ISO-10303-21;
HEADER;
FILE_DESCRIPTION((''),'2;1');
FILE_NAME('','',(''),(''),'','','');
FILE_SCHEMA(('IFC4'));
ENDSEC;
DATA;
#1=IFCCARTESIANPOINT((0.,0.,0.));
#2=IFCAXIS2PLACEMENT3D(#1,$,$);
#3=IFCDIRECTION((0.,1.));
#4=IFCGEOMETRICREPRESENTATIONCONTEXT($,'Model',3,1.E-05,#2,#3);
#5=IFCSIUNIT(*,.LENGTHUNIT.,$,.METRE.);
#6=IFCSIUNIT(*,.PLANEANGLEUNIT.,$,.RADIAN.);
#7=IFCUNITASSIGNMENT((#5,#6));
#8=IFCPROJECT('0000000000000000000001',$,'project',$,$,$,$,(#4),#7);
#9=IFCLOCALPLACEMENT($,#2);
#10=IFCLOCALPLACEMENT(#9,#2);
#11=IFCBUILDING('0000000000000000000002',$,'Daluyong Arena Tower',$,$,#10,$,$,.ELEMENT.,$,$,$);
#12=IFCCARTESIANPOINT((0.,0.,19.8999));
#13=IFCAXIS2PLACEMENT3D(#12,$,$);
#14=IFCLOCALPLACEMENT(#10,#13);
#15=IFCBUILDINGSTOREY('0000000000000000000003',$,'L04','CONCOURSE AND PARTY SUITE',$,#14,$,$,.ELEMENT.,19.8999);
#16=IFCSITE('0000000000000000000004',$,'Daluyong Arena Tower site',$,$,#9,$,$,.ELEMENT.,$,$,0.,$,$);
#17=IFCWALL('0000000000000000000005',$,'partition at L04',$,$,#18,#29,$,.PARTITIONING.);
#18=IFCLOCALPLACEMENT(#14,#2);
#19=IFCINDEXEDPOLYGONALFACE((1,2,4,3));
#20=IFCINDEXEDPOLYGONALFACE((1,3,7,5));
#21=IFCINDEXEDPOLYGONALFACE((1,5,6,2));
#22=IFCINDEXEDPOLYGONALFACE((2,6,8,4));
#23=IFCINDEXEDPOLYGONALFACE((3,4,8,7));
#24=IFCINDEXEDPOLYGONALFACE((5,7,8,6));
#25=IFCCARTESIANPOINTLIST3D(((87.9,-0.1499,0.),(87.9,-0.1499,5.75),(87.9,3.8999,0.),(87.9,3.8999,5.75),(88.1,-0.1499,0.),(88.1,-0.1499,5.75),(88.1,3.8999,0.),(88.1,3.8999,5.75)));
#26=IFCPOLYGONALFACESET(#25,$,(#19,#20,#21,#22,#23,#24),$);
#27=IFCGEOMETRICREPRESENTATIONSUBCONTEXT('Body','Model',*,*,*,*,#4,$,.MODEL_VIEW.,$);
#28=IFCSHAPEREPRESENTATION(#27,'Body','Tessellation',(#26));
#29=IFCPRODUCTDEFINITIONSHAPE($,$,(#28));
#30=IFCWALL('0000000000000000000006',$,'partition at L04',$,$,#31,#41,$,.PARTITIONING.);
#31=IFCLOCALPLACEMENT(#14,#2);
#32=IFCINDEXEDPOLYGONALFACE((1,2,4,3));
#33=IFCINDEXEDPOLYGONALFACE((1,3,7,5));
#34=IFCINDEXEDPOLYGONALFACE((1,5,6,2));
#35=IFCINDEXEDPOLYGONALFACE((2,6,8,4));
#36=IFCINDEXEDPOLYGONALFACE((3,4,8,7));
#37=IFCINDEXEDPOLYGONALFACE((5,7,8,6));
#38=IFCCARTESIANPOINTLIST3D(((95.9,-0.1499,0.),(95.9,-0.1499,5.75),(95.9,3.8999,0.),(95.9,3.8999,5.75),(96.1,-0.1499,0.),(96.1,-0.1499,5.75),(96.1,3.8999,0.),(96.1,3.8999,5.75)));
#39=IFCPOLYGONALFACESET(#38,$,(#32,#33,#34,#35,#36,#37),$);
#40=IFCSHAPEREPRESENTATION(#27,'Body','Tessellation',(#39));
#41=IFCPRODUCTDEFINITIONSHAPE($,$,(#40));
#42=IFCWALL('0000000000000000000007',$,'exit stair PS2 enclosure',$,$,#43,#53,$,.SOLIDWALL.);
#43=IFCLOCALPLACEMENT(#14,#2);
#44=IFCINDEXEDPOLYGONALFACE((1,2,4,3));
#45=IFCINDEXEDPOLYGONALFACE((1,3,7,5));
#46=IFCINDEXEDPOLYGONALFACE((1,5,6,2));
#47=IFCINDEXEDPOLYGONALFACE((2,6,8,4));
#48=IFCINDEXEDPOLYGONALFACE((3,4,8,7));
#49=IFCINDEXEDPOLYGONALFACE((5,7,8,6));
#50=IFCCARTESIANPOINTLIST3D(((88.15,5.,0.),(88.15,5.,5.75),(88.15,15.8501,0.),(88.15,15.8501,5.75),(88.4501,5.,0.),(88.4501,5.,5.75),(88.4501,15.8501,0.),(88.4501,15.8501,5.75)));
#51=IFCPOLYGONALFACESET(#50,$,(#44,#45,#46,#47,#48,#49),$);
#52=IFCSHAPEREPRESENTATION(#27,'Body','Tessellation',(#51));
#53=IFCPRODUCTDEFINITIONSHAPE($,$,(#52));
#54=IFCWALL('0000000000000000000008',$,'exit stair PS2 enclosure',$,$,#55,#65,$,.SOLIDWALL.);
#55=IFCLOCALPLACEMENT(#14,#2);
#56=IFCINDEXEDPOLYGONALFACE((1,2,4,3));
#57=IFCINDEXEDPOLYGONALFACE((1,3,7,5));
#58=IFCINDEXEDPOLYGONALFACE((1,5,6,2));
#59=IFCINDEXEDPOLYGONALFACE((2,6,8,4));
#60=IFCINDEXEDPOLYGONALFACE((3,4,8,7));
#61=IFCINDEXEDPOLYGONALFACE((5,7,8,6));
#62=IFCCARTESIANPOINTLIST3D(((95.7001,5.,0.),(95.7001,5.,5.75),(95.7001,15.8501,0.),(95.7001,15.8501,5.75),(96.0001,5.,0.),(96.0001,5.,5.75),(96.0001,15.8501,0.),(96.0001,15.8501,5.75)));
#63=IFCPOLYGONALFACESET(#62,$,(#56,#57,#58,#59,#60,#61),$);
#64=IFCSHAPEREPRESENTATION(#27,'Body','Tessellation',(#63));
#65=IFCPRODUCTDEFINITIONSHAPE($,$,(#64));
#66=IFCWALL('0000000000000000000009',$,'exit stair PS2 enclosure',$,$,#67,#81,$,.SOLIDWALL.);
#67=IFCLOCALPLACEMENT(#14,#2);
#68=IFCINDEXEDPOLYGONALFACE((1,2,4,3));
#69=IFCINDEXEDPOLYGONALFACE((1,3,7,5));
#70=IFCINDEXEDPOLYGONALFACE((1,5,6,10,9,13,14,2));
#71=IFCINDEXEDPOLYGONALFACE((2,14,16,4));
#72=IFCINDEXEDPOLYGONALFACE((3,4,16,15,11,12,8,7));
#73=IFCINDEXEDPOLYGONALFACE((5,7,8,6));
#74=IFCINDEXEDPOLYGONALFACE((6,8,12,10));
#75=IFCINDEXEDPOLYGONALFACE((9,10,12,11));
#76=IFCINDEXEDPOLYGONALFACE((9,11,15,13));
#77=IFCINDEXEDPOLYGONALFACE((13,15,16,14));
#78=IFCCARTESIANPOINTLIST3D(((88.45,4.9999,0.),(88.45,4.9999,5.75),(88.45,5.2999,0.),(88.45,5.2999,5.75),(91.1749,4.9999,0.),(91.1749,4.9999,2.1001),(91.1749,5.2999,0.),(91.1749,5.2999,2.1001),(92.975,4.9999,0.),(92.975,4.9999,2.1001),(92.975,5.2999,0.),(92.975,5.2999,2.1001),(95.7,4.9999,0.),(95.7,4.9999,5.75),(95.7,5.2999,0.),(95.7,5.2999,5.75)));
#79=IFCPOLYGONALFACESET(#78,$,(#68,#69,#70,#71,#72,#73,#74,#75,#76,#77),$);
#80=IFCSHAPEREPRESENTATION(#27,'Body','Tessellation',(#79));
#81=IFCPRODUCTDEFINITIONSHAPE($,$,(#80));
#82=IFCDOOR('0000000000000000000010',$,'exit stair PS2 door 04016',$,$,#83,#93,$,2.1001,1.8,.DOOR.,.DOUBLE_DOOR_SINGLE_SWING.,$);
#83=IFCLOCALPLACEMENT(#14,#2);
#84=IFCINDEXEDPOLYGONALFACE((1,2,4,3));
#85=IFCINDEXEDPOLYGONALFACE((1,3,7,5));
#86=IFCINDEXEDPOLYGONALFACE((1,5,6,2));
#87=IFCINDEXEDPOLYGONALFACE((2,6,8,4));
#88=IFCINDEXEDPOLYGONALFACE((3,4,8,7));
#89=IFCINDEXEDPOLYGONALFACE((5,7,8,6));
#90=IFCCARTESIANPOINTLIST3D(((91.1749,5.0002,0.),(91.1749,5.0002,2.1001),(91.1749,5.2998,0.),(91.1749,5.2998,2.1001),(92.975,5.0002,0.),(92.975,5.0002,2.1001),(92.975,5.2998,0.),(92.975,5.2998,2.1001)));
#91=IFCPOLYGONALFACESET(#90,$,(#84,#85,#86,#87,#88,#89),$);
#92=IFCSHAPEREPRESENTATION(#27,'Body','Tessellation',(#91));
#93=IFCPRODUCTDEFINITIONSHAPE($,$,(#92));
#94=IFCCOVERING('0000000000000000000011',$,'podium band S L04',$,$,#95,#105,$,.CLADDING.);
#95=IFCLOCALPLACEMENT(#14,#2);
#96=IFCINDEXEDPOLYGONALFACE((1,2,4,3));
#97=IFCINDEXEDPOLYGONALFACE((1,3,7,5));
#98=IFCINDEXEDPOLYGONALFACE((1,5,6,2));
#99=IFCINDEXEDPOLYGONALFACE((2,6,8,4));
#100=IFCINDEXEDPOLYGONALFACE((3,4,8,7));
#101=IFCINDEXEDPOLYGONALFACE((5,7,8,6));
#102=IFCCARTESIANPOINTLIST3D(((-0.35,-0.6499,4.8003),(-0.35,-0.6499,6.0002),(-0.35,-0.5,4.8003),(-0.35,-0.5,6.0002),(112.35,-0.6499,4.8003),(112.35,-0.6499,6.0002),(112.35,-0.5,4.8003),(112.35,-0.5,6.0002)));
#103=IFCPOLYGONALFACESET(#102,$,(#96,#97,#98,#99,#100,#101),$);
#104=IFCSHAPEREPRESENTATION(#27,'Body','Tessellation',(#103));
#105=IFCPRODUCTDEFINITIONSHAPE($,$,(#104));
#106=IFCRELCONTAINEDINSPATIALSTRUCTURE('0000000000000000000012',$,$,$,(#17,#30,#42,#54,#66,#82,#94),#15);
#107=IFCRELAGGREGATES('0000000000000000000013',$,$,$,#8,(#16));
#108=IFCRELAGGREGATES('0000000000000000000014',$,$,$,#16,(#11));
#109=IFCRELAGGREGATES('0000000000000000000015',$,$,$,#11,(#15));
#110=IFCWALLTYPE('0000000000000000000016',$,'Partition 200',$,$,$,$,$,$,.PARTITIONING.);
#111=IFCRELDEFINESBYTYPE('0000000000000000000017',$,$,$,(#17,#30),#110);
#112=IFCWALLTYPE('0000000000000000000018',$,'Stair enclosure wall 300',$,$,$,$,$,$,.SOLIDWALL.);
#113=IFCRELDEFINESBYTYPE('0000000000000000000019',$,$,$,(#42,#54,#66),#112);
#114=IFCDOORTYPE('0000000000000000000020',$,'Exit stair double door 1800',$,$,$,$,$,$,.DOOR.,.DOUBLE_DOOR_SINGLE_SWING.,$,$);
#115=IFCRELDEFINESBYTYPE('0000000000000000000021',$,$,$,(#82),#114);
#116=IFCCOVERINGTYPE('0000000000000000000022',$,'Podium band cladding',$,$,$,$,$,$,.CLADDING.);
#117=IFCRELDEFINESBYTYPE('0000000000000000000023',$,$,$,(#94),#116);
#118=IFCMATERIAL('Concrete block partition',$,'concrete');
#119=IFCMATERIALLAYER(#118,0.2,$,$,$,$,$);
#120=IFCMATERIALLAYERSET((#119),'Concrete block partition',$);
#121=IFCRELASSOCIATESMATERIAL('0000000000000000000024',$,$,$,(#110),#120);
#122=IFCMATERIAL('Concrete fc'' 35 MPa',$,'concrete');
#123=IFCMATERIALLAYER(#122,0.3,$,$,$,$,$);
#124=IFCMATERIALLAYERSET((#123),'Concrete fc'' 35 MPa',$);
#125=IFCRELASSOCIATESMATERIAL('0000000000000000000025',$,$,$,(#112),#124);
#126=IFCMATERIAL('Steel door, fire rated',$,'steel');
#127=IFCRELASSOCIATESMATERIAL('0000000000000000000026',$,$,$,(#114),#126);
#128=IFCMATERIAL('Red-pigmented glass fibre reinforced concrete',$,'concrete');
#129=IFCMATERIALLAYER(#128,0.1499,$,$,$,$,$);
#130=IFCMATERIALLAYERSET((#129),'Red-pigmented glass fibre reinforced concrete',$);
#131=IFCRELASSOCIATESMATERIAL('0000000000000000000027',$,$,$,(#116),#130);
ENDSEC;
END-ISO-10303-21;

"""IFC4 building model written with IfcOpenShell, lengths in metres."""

from ifc_helpers import new_model, si_unit, direction, frame, frame_2d, origin, origin_2d, place, context, subcontext, project, spatial, rectangle, extrude, material, layer, layer_set, type_object, element, fill, save


model = new_model("IFC4")

# Units and contexts
model_context = context("Model", 3, precision=1e-05, world=origin(), true_north=direction((0.0, 1.0)))
body_context = subcontext(model_context, "Body", "Model", "MODEL_VIEW")
ifc_project = project(units=[si_unit("LENGTHUNIT", "METRE"), si_unit("PLANEANGLEUNIT", "RADIAN")], contexts=[model_context])

# Site, building, storey
site_placement = place(None, origin())
site = spatial("IfcSite", under=ifc_project, at=site_placement, Name="Daluyong Arena Tower site", CompositionType="ELEMENT", RefElevation=0.0)
building_placement = place(site_placement, origin())
building = spatial("IfcBuilding", under=site, at=building_placement, Name="Daluyong Arena Tower", CompositionType="ELEMENT")
storey_placement = place(building_placement, frame((0.0, 0.0, 19.8999)))
storey = spatial("IfcBuildingStorey", under=building, at=storey_placement, Name="L04", Description="CONCOURSE AND PARTY SUITE", CompositionType="ELEMENT", Elevation=19.8999)

# Walls
ifc_material_1 = material(Name="Concrete block partition", Category="concrete")
ifc_layer_1 = layer(ifc_material_1, 0.2)
ifc_layer_set_1 = layer_set([ifc_layer_1], Name="Concrete block partition")
wall_type_1 = type_object("IfcWallType", Name="Partition 200", PredefinedType="PARTITIONING", material=ifc_layer_set_1)
for number, where, z_axis, x_axis, name in (
    (1, (88.0, -0.1499, 0.0), (0.0, 0.0, 1.0), (0.0, 1.0, 0.0), "partition at L04"),
    (2, (96.0, -0.1499, 0.0), (0.0, 0.0, 1.0), (0.0, 1.0, 0.0), "partition at L04"),
):
    element("IfcWall", number, at=place(storey_placement, frame(where, z_axis=z_axis, x_axis=x_axis)), inside=storey, type_object=wall_type_1, Name=name, PredefinedType="PARTITIONING", context=body_context, shape_type="SweptSolid", body=[
        extrude(rectangle(XDim=4.0498, YDim=0.2, at=frame_2d((2.0249, 0.0))), origin(), (0.0, 0.0, 1.0), 5.75),
    ])
ifc_material_2 = material(Name="Concrete fc' 35 MPa", Category="concrete")
ifc_layer_2 = layer(ifc_material_2, 0.3)
ifc_layer_set_2 = layer_set([ifc_layer_2], Name="Concrete fc' 35 MPa")
wall_type_2 = type_object("IfcWallType", Name="Stair enclosure wall 300", PredefinedType="SOLIDWALL", material=ifc_layer_set_2)
for number, where, z_axis, x_axis, name in (
    (3, (88.3, 5.0, 0.0), (0.0, 0.0, 1.0), (0.0, 1.0, 0.0), "exit stair PS2 enclosure"),
    (4, (95.8501, 5.0, 0.0), (0.0, 0.0, 1.0), (0.0, 1.0, 0.0), "exit stair PS2 enclosure"),
):
    element("IfcWall", number, at=place(storey_placement, frame(where, z_axis=z_axis, x_axis=x_axis)), inside=storey, type_object=wall_type_2, Name=name, PredefinedType="SOLIDWALL", context=body_context, shape_type="SweptSolid", body=[
        extrude(rectangle(XDim=10.8501, YDim=0.3, at=frame_2d((5.425, 0.0))), origin(), (0.0, 0.0, 1.0), 5.75),
    ])

# Wall, opening, door
wall_placement = place(storey_placement, frame((88.45, 5.1499, 0.0), z_axis=(0.0, 0.0, 1.0), x_axis=(1.0, 0.0, 0.0)))
wall = element("IfcWall", 5, at=wall_placement, inside=storey, type_object=wall_type_2, Name="exit stair PS2 enclosure", PredefinedType="SOLIDWALL", context=body_context, shape_type="SweptSolid", body=[
    extrude(rectangle(XDim=7.25, YDim=0.3, at=frame_2d((3.625, 0.0))), origin(), (0.0, 0.0, 1.0), 5.75),
])
opening_placement = place(wall_placement, frame((2.7251, 0.0, 0.0)))
opening = element("IfcOpeningElement", 6, at=opening_placement, cuts=wall, PredefinedType="OPENING", context=body_context, shape_type="SweptSolid", body=[
    extrude(rectangle(XDim=1.8, YDim=2.1001, at=frame_2d((0.8999, 1.05))), frame((0.0, 0.1599, 0.0), z_axis=(0.0, -1.0, 0.0), x_axis=(1.0, 0.0, 0.0)), (0.0, 0.0, 1.0), 0.3201),
])
ifc_material_3 = material(Name="Steel door, fire rated", Category="steel")
door_type = type_object("IfcDoorType", Name="Exit stair double door 1800", OperationType="DOUBLE_DOOR_SINGLE_SWING", PredefinedType="DOOR", material=ifc_material_3)
door_placement = place(opening_placement, origin())
door = element("IfcDoor", 7, at=door_placement, inside=storey, type_object=door_type, Name="exit stair PS2 door 04016", OperationType="DOUBLE_DOOR_SINGLE_SWING", OverallHeight=2.1001, OverallWidth=1.8, PredefinedType="DOOR", context=body_context, shape_type="SweptSolid", body=[
    extrude(rectangle(XDim=1.8, YDim=2.1001, at=frame_2d((0.8999, 1.05))), frame((0.0, 0.1499, 0.0), z_axis=(0.0, -1.0, 0.0), x_axis=(1.0, 0.0, 0.0)), (0.0, 0.0, 1.0), 0.2996),
])
fill(opening, door)

# Covering
ifc_material_4 = material(Name="Red-pigmented glass fibre reinforced concrete", Category="concrete")
ifc_layer_3 = layer(ifc_material_4, 0.1499)
ifc_layer_set_3 = layer_set([ifc_layer_3], Name="Red-pigmented glass fibre reinforced concrete")
covering_type = type_object("IfcCoveringType", Name="Podium band cladding", PredefinedType="CLADDING", material=ifc_layer_set_3)
covering_placement = place(storey_placement, frame((56.0, -0.575, 4.8003), z_axis=(0.0, 0.0, 1.0), x_axis=(1.0, 0.0, 0.0)))
element("IfcCovering", 8, at=covering_placement, inside=storey, type_object=covering_type, Name="podium band S L04", PredefinedType="CLADDING", context=body_context, shape_type="SweptSolid", body=[
    extrude(rectangle(XDim=112.7, YDim=0.1499, at=origin_2d()), origin(), (0.0, 0.0, 1.0), 1.2),
])

save(model, "model.ifc")
